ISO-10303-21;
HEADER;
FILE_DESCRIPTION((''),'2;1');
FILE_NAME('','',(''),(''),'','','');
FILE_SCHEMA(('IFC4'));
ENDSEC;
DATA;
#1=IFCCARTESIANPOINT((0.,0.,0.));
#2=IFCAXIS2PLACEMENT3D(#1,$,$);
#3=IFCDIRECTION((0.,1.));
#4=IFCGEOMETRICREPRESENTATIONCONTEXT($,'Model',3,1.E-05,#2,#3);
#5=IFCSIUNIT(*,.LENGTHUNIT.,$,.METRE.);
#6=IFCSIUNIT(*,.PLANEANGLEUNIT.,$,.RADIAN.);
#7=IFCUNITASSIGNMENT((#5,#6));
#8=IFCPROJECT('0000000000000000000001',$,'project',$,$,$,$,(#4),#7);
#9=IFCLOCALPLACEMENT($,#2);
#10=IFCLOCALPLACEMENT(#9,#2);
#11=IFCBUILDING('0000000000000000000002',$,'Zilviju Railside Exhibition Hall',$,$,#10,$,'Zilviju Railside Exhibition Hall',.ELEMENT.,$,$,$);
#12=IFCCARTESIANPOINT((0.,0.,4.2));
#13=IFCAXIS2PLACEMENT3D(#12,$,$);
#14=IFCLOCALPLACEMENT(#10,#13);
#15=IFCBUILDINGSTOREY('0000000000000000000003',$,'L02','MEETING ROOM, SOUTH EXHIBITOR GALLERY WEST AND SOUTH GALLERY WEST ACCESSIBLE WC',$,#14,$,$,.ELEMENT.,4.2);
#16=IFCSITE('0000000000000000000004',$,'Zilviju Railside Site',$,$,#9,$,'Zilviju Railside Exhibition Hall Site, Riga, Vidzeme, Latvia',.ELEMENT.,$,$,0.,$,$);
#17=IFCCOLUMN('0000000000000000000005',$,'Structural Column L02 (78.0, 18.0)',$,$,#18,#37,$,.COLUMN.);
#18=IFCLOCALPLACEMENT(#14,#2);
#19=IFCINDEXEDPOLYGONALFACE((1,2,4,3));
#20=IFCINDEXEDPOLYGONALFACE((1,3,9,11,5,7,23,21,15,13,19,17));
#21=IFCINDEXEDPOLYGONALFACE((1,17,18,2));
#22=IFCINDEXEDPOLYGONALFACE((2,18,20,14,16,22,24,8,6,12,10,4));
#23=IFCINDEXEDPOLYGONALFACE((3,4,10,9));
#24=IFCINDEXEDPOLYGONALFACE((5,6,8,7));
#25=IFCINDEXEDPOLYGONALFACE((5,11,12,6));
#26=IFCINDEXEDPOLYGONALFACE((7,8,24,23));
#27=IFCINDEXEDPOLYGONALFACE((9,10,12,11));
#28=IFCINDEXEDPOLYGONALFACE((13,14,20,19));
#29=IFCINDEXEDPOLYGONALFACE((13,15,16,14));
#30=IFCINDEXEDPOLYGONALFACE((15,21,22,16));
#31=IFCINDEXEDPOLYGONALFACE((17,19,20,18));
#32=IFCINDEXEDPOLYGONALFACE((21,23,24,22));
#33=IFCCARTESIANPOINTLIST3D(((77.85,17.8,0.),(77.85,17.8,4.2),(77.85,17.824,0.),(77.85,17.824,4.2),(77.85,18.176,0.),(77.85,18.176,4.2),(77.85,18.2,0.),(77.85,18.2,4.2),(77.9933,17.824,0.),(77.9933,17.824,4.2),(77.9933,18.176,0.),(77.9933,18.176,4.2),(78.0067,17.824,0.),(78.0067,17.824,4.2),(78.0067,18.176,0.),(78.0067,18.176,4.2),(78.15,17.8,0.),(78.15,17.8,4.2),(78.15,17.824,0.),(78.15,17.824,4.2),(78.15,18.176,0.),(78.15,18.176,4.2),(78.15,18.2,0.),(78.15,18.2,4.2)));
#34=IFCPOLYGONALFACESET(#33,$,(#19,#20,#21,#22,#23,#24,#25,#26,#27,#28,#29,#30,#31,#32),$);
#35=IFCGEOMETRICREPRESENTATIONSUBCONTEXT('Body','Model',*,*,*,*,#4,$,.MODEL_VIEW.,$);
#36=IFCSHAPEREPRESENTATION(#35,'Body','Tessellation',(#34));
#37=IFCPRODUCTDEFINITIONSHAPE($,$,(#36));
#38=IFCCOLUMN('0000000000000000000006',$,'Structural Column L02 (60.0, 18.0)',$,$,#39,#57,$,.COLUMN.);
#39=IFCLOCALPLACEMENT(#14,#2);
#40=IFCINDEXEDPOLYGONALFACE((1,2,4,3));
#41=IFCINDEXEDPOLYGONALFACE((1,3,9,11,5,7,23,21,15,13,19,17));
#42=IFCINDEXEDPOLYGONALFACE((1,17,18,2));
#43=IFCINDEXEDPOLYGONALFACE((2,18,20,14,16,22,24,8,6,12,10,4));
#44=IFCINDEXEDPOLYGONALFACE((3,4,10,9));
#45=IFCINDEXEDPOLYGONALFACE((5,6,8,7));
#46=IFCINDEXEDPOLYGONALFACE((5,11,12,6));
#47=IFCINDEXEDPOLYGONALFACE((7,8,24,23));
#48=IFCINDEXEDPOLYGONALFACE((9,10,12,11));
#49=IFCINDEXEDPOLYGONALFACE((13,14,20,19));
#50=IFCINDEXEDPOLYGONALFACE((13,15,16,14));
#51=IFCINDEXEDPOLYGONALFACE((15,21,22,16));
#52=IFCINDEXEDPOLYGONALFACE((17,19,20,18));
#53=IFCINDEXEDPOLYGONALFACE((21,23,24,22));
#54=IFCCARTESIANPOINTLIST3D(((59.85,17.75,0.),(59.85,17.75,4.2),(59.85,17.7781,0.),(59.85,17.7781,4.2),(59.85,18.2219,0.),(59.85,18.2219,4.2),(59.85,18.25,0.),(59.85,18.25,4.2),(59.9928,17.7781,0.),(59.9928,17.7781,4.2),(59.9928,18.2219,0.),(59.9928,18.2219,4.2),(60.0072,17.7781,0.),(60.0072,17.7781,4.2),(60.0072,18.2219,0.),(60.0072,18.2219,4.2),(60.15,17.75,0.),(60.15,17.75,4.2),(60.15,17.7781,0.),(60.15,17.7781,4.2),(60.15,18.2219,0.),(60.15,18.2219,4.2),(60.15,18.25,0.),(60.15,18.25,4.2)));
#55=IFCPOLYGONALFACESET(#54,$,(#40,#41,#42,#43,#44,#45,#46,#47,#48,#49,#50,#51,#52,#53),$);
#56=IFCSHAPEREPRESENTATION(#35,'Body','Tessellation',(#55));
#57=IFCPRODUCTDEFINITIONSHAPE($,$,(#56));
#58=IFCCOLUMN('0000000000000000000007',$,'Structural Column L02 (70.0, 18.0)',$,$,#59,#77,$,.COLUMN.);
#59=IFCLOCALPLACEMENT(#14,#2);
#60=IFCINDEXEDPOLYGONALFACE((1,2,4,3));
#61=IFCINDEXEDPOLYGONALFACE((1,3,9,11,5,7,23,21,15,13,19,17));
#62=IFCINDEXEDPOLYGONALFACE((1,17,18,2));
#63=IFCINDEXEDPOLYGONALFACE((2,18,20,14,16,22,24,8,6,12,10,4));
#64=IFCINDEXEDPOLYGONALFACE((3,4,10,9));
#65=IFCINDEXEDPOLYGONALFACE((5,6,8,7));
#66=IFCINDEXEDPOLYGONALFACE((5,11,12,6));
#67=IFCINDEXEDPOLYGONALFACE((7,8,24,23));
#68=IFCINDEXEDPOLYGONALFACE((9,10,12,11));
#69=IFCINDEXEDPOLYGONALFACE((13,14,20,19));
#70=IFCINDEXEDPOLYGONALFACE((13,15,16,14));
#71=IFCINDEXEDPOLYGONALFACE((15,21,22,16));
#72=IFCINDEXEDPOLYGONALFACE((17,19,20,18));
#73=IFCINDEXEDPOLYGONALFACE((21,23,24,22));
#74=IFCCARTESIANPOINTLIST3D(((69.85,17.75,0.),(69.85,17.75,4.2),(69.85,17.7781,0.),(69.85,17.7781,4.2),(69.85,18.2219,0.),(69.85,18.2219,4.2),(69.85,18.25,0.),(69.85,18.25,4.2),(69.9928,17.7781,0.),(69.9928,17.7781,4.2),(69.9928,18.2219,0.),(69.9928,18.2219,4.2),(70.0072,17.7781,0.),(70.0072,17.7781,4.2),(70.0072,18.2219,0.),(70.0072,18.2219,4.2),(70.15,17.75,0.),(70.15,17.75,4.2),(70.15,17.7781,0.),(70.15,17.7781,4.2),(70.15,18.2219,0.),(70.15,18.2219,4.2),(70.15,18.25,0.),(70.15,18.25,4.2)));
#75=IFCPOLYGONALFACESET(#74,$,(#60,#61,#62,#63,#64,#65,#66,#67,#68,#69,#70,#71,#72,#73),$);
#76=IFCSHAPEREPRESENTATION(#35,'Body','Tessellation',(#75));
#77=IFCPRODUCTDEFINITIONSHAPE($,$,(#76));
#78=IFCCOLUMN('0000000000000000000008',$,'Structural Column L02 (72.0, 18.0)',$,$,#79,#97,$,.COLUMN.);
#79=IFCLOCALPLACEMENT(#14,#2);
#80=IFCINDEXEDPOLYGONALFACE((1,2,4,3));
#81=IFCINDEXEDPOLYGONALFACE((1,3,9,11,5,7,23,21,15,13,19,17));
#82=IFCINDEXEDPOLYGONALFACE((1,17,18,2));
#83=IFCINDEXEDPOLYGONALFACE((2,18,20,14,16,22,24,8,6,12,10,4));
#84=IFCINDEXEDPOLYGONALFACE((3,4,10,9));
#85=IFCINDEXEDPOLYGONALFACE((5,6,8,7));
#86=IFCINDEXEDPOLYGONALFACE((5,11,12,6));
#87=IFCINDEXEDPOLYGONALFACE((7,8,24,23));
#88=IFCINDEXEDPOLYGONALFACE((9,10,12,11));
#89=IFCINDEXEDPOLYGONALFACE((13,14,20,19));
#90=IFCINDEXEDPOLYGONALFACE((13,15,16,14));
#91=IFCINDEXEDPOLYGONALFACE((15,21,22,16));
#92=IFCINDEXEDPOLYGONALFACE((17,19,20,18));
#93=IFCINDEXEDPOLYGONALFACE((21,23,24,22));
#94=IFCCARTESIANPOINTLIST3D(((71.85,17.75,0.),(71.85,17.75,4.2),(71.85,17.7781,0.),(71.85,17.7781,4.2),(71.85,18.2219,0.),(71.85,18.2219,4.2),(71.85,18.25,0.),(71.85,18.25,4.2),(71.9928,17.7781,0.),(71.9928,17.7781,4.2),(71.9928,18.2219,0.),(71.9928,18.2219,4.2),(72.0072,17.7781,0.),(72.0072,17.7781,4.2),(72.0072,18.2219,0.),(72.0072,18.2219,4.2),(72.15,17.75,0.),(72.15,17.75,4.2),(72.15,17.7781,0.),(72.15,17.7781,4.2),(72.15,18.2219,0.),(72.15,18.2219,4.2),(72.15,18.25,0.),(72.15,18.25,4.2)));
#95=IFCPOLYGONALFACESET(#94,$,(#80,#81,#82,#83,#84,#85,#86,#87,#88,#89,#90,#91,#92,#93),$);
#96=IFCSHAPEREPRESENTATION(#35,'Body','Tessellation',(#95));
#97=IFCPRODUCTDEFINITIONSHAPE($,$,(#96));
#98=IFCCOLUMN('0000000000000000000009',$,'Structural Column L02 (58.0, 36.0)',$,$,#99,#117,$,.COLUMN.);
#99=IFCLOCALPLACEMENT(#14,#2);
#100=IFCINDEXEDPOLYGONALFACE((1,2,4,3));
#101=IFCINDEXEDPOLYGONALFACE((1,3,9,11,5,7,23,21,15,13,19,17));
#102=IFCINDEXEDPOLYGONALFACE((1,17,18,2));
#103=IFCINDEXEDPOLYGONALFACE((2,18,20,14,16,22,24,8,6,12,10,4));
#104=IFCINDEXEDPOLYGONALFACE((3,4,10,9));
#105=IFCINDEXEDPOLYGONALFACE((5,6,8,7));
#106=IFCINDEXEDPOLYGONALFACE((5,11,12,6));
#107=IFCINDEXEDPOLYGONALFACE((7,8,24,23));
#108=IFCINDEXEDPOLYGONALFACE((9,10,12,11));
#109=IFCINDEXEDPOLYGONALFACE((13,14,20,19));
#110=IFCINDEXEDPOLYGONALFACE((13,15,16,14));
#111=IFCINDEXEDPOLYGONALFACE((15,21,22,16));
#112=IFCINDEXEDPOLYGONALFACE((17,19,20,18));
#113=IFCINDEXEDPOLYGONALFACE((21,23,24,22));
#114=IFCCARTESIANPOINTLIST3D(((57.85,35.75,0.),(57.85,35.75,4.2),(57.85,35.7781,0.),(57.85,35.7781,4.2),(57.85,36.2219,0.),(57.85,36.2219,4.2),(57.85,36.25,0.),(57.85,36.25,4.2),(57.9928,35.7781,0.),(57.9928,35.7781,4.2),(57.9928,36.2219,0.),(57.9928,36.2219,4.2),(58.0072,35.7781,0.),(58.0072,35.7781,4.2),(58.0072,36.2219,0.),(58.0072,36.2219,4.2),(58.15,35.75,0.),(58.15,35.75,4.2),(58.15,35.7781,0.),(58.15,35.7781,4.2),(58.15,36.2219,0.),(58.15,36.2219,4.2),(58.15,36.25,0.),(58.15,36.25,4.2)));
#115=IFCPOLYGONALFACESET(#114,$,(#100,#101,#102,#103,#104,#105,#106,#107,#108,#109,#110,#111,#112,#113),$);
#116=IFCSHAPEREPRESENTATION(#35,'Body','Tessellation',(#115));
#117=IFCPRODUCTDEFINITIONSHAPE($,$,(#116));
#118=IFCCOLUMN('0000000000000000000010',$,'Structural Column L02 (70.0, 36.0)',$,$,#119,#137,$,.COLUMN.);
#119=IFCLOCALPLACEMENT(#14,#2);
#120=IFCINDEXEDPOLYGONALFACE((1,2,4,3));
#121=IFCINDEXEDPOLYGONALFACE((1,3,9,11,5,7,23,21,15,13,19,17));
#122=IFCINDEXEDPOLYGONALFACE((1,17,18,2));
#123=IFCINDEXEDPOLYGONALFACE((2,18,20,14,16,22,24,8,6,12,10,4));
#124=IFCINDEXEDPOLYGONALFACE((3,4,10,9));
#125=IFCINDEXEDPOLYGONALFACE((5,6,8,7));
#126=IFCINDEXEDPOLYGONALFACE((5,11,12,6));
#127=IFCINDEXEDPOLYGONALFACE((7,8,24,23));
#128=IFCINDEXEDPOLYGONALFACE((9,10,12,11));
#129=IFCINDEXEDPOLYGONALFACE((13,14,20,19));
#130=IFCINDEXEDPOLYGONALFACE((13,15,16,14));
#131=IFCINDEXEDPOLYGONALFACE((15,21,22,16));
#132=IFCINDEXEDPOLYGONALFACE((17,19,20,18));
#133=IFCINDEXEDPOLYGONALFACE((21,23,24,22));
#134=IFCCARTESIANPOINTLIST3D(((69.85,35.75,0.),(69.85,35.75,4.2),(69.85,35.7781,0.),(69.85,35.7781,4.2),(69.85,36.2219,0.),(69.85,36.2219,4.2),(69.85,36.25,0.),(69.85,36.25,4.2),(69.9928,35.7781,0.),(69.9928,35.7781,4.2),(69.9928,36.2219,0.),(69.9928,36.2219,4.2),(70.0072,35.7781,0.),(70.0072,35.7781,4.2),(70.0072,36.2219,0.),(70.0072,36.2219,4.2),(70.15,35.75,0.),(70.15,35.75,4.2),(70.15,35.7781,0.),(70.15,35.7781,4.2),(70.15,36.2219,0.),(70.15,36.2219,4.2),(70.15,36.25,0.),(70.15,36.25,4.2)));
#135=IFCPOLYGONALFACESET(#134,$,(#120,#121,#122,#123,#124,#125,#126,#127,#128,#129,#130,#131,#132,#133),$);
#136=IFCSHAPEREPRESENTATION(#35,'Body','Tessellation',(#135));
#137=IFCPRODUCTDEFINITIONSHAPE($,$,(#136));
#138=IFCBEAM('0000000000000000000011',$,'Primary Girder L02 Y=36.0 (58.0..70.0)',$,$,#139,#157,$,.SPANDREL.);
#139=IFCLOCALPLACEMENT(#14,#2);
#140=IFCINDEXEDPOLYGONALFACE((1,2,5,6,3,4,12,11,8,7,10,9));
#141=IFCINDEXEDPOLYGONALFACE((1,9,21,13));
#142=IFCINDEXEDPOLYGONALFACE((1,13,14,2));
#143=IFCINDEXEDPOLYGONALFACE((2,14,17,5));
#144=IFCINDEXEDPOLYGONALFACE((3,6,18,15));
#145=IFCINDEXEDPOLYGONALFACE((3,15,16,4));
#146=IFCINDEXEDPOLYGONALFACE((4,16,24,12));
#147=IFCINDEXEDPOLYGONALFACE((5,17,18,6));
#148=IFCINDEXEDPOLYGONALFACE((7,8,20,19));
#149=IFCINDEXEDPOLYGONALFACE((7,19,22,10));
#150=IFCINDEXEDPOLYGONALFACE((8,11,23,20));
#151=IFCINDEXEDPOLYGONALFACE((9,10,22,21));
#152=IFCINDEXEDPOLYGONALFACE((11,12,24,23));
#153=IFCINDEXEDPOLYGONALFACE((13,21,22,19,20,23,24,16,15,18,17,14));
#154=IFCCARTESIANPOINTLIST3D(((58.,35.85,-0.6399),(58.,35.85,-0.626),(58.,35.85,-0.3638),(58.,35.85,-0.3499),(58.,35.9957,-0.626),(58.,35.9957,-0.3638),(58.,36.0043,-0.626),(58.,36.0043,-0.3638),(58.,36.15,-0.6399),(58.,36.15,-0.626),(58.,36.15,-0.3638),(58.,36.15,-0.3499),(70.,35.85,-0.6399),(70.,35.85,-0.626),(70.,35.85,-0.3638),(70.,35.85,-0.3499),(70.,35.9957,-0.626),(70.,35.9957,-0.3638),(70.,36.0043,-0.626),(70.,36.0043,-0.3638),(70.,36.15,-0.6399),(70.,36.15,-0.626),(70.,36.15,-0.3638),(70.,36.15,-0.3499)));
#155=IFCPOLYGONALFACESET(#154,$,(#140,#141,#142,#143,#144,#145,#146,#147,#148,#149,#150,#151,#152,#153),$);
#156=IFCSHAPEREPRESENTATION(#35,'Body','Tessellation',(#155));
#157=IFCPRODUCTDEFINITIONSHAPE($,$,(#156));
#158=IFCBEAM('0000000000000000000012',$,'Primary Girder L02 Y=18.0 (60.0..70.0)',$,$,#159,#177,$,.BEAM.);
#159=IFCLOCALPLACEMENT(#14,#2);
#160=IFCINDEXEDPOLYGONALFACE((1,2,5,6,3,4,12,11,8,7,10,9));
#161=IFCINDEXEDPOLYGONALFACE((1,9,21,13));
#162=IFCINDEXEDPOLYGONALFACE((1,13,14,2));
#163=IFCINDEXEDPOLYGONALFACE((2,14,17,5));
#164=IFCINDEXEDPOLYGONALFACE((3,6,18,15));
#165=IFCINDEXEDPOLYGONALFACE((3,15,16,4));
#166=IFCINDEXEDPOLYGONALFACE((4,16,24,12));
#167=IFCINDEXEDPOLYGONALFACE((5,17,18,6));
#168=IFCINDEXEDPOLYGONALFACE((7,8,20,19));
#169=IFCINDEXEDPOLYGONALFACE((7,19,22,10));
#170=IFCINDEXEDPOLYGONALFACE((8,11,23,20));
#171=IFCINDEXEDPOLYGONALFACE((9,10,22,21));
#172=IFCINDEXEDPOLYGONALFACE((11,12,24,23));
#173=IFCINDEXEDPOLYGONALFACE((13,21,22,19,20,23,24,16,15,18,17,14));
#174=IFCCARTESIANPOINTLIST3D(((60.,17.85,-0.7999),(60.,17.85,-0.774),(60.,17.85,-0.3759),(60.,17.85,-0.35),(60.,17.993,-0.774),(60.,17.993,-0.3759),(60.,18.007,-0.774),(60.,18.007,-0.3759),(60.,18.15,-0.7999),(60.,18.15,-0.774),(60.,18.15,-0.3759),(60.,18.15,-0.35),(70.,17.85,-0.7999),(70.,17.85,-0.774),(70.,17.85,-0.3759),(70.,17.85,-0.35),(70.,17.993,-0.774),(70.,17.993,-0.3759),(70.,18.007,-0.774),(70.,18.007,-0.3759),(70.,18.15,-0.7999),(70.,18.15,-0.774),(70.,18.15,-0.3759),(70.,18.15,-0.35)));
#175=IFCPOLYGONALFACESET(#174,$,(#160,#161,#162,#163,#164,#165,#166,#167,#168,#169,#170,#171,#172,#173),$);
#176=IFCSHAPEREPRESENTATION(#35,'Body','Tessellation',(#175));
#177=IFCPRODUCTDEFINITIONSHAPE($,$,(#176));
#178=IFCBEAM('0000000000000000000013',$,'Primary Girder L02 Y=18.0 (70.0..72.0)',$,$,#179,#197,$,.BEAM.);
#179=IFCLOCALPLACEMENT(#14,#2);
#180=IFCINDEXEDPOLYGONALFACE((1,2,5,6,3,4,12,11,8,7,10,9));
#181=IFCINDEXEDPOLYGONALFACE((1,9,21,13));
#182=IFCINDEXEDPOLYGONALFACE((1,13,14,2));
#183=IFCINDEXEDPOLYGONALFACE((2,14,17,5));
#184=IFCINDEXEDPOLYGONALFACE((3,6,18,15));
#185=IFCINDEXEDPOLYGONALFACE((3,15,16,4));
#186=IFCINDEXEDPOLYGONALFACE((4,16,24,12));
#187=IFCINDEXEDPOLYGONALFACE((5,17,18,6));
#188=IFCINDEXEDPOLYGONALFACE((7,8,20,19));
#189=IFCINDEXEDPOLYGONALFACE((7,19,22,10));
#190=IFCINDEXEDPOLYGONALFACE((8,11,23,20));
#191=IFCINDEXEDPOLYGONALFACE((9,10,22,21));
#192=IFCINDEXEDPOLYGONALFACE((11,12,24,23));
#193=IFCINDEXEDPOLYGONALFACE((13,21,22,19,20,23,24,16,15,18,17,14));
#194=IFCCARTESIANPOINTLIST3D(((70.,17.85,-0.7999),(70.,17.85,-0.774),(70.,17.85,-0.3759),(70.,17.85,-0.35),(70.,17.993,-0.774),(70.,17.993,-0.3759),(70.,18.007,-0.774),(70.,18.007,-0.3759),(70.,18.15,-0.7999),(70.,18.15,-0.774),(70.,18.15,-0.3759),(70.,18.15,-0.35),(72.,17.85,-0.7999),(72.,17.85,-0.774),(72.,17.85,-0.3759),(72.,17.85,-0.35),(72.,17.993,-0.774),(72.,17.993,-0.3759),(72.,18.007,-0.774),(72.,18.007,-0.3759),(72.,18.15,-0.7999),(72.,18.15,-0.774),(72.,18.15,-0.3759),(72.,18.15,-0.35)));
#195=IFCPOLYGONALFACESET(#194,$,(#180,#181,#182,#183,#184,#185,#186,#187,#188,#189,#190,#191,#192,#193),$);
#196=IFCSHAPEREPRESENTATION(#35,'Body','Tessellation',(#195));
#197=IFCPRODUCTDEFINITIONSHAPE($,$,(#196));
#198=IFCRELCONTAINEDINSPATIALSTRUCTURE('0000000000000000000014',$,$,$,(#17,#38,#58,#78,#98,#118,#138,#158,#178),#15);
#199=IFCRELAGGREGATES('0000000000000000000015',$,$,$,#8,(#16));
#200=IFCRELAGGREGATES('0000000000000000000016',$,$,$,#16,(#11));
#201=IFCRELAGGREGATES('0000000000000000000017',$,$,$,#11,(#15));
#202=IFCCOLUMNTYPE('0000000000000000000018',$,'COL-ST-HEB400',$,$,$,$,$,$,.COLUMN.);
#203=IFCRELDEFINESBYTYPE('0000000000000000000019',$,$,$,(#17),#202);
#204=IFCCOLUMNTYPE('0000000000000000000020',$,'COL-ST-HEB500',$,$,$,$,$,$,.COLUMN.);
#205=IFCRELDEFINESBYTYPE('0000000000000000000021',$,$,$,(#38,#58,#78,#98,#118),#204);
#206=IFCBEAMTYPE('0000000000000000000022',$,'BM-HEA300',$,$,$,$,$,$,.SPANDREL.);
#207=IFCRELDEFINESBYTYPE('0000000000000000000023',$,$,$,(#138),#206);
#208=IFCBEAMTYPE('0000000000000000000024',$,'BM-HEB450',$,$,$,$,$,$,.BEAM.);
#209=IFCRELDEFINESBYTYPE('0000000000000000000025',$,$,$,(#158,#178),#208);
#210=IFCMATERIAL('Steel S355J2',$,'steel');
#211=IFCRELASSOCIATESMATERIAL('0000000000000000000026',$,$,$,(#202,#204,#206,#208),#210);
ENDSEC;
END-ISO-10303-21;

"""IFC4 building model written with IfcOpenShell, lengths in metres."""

from ifc_helpers import new_model, si_unit, direction, frame, origin, origin_2d, place, context, subcontext, project, spatial, i_section, extrude, material, material_profile, profile_set, type_object, element, save


model = new_model("IFC4")

# Units and contexts
model_context = context("Model", 3, precision=1e-05, world=origin(), true_north=direction((0.0, 1.0)))
body_context = subcontext(model_context, "Body", "Model", "MODEL_VIEW")
ifc_project = project(units=[si_unit("LENGTHUNIT", "METRE"), si_unit("PLANEANGLEUNIT", "RADIAN")], contexts=[model_context])

# Site, building, storey
site_placement = place(None, origin())
site = spatial("IfcSite", under=ifc_project, at=site_placement, Name="Zilviju Railside Site", LongName="Zilviju Railside Exhibition Hall Site, Riga, Vidzeme, Latvia", CompositionType="ELEMENT", RefElevation=0.0)
building_placement = place(site_placement, origin())
building = spatial("IfcBuilding", under=site, at=building_placement, Name="Zilviju Railside Exhibition Hall", LongName="Zilviju Railside Exhibition Hall", CompositionType="ELEMENT")
storey_placement = place(building_placement, frame((0.0, 0.0, 4.2)))
storey = spatial("IfcBuildingStorey", under=building, at=storey_placement, Name="L02", Description="MEETING ROOM, SOUTH EXHIBITOR GALLERY WEST AND SOUTH GALLERY WEST ACCESSIBLE WC", CompositionType="ELEMENT", Elevation=4.2)

# Columns
ifc_material_1 = material(Name="Steel S355J2", Category="steel")
ifc_material_profile_1 = material_profile(ifc_material_1, i_section(OverallWidth=0.3, OverallDepth=0.3999, WebThickness=0.0134, FlangeThickness=0.0239, at=origin_2d()), Name="HEB 400")
ifc_profile_set_1 = profile_set([ifc_material_profile_1], Name="Steel S355J2")
column_type_1 = type_object("IfcColumnType", Name="COL-ST-HEB400", PredefinedType="COLUMN", material=ifc_profile_set_1)
column_placement = place(storey_placement, frame((78.0, 18.0, 0.0), z_axis=(0.0, 0.0, 1.0), x_axis=(1.0, 0.0, 0.0)))
element("IfcColumn", 1, at=column_placement, inside=storey, type_object=column_type_1, Name="Structural Column L02 (78.0, 18.0)", PredefinedType="COLUMN", context=body_context, shape_type="SweptSolid", body=[
    extrude(i_section(OverallWidth=0.3, OverallDepth=0.3999, WebThickness=0.0134, FlangeThickness=0.0239, at=origin_2d()), origin(), (0.0, 0.0, 1.0), 4.2),
])
ifc_material_profile_2 = material_profile(ifc_material_1, i_section(OverallWidth=0.3, OverallDepth=0.5, WebThickness=0.0144, FlangeThickness=0.0281, at=origin_2d()), Name="HEB 500")
ifc_profile_set_2 = profile_set([ifc_material_profile_2], Name="Steel S355J2")
column_type_2 = type_object("IfcColumnType", Name="COL-ST-HEB500", PredefinedType="COLUMN", material=ifc_profile_set_2)
for number, where, z_axis, x_axis, name in (
    (2, (60.0, 18.0, 0.0), (0.0, 0.0, 1.0), (1.0, 0.0, 0.0), "Structural Column L02 (60.0, 18.0)"),
    (3, (70.0, 18.0, 0.0), (0.0, 0.0, 1.0), (1.0, 0.0, 0.0), "Structural Column L02 (70.0, 18.0)"),
    (4, (72.0, 18.0, 0.0), (0.0, 0.0, 1.0), (1.0, 0.0, 0.0), "Structural Column L02 (72.0, 18.0)"),
    (5, (58.0, 36.0, 0.0), (0.0, 0.0, 1.0), (1.0, 0.0, 0.0), "Structural Column L02 (58.0, 36.0)"),
    (6, (70.0, 36.0, 0.0), (0.0, 0.0, 1.0), (1.0, 0.0, 0.0), "Structural Column L02 (70.0, 36.0)"),
):
    element("IfcColumn", number, at=place(storey_placement, frame(where, z_axis=z_axis, x_axis=x_axis)), inside=storey, type_object=column_type_2, Name=name, PredefinedType="COLUMN", context=body_context, shape_type="SweptSolid", body=[
        extrude(i_section(OverallWidth=0.3, OverallDepth=0.5, WebThickness=0.0144, FlangeThickness=0.0281, at=origin_2d()), origin(), (0.0, 0.0, 1.0), 4.2),
    ])

# Beams
ifc_material_profile_3 = material_profile(ifc_material_1, i_section(OverallWidth=0.3, OverallDepth=0.29, WebThickness=0.0085, FlangeThickness=0.0139, at=origin_2d()), Name="HEA 300")
ifc_profile_set_3 = profile_set([ifc_material_profile_3], Name="Steel S355J2")
beam_type_1 = type_object("IfcBeamType", Name="BM-HEA300", PredefinedType="SPANDREL", material=ifc_profile_set_3)
beam_1_placement = place(storey_placement, frame((58.0, 36.0, -0.4949), z_axis=(1.0, 0.0, 0.0), x_axis=(0.0, 1.0, 0.0)))
element("IfcBeam", 7, at=beam_1_placement, inside=storey, type_object=beam_type_1, Name="Primary Girder L02 Y=36.0 (58.0..70.0)", PredefinedType="SPANDREL", context=body_context, shape_type="SweptSolid", body=[
    extrude(i_section(OverallWidth=0.3, OverallDepth=0.29, WebThickness=0.0085, FlangeThickness=0.0139, at=origin_2d()), origin(), (0.0, 0.0, 1.0), 12.0),
])
ifc_material_profile_4 = material_profile(ifc_material_1, i_section(OverallWidth=0.3, OverallDepth=0.45, WebThickness=0.0139, FlangeThickness=0.0259, at=origin_2d()), Name="HEB 450")
ifc_profile_set_4 = profile_set([ifc_material_profile_4], Name="Steel S355J2")
beam_type_2 = type_object("IfcBeamType", Name="BM-HEB450", PredefinedType="BEAM", material=ifc_profile_set_4)
beam_2_placement = place(storey_placement, frame((60.0, 18.0, -0.575), z_axis=(1.0, 0.0, 0.0), x_axis=(0.0, 1.0, 0.0)))
element("IfcBeam", 8, at=beam_2_placement, inside=storey, type_object=beam_type_2, Name="Primary Girder L02 Y=18.0 (60.0..70.0)", PredefinedType="BEAM", context=body_context, shape_type="SweptSolid", body=[
    extrude(i_section(OverallWidth=0.3, OverallDepth=0.45, WebThickness=0.0139, FlangeThickness=0.0259, at=origin_2d()), origin(), (0.0, 0.0, 1.0), 10.0),
])
beam_3_placement = place(storey_placement, frame((70.0, 18.0, -0.575), z_axis=(1.0, 0.0, 0.0), x_axis=(0.0, 1.0, 0.0)))
element("IfcBeam", 9, at=beam_3_placement, inside=storey, type_object=beam_type_2, Name="Primary Girder L02 Y=18.0 (70.0..72.0)", PredefinedType="BEAM", context=body_context, shape_type="SweptSolid", body=[
    extrude(i_section(OverallWidth=0.3, OverallDepth=0.45, WebThickness=0.0139, FlangeThickness=0.0259, at=origin_2d()), origin(), (0.0, 0.0, 1.0), 2.0),
])

save(model, "model.ifc")
